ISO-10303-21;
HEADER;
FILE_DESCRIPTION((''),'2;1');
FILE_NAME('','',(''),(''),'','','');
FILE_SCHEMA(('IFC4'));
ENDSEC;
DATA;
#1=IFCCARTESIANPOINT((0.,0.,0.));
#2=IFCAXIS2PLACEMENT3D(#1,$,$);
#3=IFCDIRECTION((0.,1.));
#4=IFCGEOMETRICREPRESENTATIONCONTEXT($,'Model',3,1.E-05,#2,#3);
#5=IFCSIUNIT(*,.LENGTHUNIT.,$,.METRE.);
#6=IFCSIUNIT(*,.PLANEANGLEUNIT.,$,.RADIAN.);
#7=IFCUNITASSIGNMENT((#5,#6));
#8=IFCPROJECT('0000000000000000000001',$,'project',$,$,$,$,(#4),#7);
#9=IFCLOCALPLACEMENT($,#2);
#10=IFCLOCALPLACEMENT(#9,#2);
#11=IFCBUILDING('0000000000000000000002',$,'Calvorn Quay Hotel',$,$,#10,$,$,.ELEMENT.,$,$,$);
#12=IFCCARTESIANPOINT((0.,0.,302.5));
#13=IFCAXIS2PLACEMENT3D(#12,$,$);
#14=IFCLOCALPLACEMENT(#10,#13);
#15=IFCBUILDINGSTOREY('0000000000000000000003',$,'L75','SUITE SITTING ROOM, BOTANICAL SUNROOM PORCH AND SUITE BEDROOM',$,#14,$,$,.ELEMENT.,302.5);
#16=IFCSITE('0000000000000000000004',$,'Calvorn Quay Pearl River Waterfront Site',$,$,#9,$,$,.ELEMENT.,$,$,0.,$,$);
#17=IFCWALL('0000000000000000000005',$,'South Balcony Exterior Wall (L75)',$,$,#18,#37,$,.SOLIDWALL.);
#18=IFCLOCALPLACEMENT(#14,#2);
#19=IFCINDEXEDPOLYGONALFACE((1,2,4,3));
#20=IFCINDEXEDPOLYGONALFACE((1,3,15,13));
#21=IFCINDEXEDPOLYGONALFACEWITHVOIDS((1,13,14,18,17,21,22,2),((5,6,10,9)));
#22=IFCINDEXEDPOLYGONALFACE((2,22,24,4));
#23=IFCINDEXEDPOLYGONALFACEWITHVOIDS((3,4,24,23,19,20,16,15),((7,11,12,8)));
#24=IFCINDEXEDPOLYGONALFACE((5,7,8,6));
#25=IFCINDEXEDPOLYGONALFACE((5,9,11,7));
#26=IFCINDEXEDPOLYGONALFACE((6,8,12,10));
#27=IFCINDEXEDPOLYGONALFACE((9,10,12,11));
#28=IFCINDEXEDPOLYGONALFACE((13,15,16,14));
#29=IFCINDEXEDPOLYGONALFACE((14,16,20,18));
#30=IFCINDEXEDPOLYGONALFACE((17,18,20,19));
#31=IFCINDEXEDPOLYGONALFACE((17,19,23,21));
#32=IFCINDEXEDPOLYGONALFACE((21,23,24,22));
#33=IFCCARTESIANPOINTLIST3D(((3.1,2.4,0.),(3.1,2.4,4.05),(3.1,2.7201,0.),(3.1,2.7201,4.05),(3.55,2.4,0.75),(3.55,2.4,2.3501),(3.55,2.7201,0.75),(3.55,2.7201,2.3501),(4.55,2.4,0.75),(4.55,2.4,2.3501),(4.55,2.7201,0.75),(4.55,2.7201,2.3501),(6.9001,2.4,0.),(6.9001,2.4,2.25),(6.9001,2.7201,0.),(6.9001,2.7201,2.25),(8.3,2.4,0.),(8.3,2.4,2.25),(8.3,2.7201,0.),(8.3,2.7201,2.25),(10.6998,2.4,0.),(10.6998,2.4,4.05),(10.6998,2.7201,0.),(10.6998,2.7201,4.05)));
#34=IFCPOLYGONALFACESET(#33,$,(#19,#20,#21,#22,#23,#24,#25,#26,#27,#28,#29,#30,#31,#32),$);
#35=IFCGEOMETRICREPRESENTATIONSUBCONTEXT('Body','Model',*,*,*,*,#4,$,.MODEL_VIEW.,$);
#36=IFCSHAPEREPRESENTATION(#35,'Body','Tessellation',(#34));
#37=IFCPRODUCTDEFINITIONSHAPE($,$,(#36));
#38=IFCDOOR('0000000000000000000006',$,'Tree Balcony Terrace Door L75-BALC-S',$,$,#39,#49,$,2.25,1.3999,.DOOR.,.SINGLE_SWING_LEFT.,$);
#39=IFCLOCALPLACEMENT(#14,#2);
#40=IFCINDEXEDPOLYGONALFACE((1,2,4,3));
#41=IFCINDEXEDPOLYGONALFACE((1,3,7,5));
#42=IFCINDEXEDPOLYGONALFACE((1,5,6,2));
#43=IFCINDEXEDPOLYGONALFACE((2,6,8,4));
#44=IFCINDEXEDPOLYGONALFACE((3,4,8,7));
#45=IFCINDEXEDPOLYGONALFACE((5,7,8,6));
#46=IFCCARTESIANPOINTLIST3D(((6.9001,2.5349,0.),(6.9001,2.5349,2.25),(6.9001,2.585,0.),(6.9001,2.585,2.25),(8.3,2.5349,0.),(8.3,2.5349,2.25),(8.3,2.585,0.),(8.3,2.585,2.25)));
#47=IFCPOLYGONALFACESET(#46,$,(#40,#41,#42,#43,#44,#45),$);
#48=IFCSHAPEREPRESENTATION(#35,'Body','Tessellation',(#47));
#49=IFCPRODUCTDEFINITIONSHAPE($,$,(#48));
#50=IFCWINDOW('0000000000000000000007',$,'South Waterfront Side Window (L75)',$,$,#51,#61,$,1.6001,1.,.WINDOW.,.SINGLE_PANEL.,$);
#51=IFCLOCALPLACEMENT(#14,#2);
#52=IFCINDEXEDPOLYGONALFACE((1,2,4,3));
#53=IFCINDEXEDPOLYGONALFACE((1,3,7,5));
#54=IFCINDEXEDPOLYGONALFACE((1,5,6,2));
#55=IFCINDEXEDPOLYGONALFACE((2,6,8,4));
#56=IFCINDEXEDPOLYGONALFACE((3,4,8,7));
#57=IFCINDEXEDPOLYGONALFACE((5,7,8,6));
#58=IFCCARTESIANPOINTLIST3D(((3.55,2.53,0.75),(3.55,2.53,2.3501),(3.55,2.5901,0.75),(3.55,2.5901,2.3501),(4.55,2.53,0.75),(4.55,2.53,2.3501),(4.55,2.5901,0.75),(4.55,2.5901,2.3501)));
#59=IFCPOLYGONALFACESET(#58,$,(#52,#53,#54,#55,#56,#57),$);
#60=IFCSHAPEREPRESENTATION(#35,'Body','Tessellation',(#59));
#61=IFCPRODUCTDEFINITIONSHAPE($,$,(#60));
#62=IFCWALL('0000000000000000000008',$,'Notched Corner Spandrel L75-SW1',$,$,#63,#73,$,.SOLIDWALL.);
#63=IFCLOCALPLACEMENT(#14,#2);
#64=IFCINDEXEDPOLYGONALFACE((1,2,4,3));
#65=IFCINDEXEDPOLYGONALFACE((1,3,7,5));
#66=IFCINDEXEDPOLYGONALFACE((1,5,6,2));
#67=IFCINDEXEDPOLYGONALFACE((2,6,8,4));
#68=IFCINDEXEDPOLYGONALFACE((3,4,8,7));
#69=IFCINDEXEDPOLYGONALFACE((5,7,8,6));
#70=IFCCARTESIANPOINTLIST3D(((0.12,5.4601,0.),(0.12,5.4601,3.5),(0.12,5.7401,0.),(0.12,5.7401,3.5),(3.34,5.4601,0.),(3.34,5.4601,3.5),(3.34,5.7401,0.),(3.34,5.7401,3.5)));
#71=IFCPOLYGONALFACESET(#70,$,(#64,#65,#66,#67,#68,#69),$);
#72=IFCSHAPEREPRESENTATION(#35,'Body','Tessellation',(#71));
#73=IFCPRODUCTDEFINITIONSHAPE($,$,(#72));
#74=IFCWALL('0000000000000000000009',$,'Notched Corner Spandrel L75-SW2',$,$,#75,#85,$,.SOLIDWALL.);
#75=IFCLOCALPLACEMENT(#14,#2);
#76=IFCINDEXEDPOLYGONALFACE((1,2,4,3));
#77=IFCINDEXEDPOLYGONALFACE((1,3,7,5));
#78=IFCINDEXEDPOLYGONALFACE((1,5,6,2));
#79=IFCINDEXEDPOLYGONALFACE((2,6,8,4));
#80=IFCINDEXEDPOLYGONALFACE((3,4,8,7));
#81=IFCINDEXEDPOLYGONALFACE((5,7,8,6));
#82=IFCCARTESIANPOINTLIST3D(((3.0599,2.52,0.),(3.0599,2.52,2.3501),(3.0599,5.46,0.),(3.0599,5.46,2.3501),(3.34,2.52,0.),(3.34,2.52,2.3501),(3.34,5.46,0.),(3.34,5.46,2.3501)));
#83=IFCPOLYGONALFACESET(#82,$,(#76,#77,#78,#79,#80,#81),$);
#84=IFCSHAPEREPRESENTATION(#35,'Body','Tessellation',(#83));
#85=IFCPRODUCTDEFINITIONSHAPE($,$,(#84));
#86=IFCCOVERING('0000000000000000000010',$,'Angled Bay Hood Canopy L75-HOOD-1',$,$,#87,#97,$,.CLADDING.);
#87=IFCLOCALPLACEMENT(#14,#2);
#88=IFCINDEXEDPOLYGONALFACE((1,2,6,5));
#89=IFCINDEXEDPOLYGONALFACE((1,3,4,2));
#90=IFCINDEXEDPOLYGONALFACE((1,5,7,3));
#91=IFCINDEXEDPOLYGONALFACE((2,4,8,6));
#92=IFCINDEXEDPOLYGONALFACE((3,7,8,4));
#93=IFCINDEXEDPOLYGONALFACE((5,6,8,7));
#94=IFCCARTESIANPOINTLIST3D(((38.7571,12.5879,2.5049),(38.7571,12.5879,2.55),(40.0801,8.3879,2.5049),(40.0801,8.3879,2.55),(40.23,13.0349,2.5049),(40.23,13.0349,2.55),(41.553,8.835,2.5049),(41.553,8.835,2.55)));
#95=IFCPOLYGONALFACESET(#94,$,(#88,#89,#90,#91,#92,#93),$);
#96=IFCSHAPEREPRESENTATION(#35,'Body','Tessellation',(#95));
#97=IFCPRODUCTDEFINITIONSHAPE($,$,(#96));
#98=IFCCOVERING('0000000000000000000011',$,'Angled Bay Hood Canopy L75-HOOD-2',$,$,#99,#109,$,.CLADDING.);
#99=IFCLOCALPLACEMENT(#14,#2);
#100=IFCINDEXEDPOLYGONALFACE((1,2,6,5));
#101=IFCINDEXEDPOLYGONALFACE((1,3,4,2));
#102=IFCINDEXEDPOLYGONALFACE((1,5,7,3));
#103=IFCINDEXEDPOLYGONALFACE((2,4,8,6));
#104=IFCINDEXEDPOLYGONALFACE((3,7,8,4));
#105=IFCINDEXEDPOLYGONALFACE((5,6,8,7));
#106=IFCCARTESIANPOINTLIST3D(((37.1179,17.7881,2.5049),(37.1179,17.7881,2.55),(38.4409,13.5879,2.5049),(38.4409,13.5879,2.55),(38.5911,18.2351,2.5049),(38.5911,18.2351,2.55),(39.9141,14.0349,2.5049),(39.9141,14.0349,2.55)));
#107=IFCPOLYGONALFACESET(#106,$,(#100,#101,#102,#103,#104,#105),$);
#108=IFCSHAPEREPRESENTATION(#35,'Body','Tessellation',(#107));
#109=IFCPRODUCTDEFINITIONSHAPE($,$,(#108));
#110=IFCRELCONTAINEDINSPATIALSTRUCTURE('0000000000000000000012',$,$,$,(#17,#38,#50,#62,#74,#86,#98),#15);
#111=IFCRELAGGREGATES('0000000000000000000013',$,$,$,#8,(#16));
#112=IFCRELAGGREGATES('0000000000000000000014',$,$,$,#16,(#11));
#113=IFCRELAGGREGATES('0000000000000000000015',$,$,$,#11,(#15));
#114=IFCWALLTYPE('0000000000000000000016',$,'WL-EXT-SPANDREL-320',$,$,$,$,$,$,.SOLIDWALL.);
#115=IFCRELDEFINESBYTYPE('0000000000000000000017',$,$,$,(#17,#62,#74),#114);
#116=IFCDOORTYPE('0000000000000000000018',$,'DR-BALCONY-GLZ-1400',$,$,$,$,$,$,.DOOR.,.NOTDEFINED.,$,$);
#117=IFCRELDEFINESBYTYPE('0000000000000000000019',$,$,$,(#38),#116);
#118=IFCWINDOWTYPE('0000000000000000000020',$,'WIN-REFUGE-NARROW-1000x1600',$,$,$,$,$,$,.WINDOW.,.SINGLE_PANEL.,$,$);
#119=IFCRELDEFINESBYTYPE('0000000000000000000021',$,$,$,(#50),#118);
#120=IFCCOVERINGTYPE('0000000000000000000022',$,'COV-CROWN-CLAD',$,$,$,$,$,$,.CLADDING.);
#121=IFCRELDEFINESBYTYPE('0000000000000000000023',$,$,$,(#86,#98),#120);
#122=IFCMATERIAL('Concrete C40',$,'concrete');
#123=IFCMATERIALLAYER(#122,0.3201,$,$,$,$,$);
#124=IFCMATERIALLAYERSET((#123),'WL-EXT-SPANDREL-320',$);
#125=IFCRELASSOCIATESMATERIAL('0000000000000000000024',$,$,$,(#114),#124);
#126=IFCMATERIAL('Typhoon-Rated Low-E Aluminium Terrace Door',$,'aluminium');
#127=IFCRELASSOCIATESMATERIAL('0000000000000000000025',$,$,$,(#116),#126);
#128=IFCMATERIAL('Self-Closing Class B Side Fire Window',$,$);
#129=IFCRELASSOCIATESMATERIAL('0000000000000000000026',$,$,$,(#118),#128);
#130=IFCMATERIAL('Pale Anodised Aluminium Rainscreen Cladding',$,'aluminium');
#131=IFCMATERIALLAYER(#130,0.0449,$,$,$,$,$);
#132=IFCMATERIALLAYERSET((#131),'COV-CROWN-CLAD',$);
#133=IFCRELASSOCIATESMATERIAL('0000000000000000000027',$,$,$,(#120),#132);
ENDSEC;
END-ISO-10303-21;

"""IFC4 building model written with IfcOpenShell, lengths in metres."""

from ifc_helpers import new_model, si_unit, direction, frame, frame_2d, origin, place, context, subcontext, project, spatial, polyline, rectangle, outline, extrude, material, layer, layer_set, type_object, element, fill, save


model = new_model("IFC4")

# Units and contexts
model_context = context("Model", 3, precision=1e-05, world=origin(), true_north=direction((0.0, 1.0)))
body_context = subcontext(model_context, "Body", "Model", "MODEL_VIEW")
ifc_project = project(units=[si_unit("LENGTHUNIT", "METRE"), si_unit("PLANEANGLEUNIT", "RADIAN")], contexts=[model_context])

# Site, building, storey
site_placement = place(None, origin())
site = spatial("IfcSite", under=ifc_project, at=site_placement, Name="Calvorn Quay Pearl River Waterfront Site", CompositionType="ELEMENT", RefElevation=0.0)
building_placement = place(site_placement, origin())
building = spatial("IfcBuilding", under=site, at=building_placement, Name="Calvorn Quay Hotel", CompositionType="ELEMENT")
storey_placement = place(building_placement, frame((0.0, 0.0, 302.5)))
storey = spatial("IfcBuildingStorey", under=building, at=storey_placement, Name="L75", Description="SUITE SITTING ROOM, BOTANICAL SUNROOM PORCH AND SUITE BEDROOM", CompositionType="ELEMENT", Elevation=302.5)

# Wall, openings, door, window
ifc_material_1 = material(Name="Concrete C40", Category="concrete")
ifc_layer_1 = layer(ifc_material_1, 0.3201)
ifc_layer_set_1 = layer_set([ifc_layer_1], Name="WL-EXT-SPANDREL-320")
wall_type = type_object("IfcWallType", Name="WL-EXT-SPANDREL-320", PredefinedType="SOLIDWALL", material=ifc_layer_set_1)
wall_1_placement = place(storey_placement, frame((3.1001, 2.5601, 0.0), z_axis=(0.0, 0.0, 1.0), x_axis=(1.0, 0.0, 0.0)))
wall_1 = element("IfcWall", 1, at=wall_1_placement, inside=storey, type_object=wall_type, Name="South Balcony Exterior Wall (L75)", PredefinedType="SOLIDWALL", context=body_context, shape_type="SweptSolid", body=[
    extrude(rectangle(XDim=7.5999, YDim=0.3201, at=frame_2d((3.7998, 0.0))), origin(), (0.0, 0.0, 1.0), 4.05),
])
opening_1_placement = place(wall_1_placement, frame((0.45, 0.0, 0.75)))
opening_1 = element("IfcOpeningElement", 2, at=opening_1_placement, cuts=wall_1, PredefinedType="OPENING", context=body_context, shape_type="SweptSolid", body=[
    extrude(rectangle(XDim=1.0, YDim=1.6001, at=frame_2d((0.5, 0.8))), frame((0.0, 0.1699, 0.0), z_axis=(0.0, -1.0, 0.0), x_axis=(1.0, 0.0, 0.0)), (0.0, 0.0, 1.0), 0.3401),
])
opening_2_placement = place(wall_1_placement, frame((3.8, 0.0, 0.0)))
opening_2 = element("IfcOpeningElement", 3, at=opening_2_placement, cuts=wall_1, PredefinedType="OPENING", context=body_context, shape_type="SweptSolid", body=[
    extrude(rectangle(XDim=1.3999, YDim=2.25, at=frame_2d((0.7, 1.125))), frame((0.0, 0.1699, 0.0), z_axis=(0.0, -1.0, 0.0), x_axis=(1.0, 0.0, 0.0)), (0.0, 0.0, 1.0), 0.3401),
])
ifc_material_2 = material(Name="Typhoon-Rated Low-E Aluminium Terrace Door", Category="aluminium")
door_type = type_object("IfcDoorType", Name="DR-BALCONY-GLZ-1400", OperationType="NOTDEFINED", PredefinedType="DOOR", material=ifc_material_2)
door_placement = place(opening_2_placement, origin())
door = element("IfcDoor", 4, at=door_placement, inside=storey, type_object=door_type, Name="Tree Balcony Terrace Door L75-BALC-S", OperationType="SINGLE_SWING_LEFT", OverallHeight=2.25, OverallWidth=1.3999, PredefinedType="DOOR", context=body_context, shape_type="SweptSolid", body=[
    extrude(rectangle(XDim=1.3999, YDim=2.25, at=frame_2d((0.7, 1.125))), frame((0.0, 0.0249, 0.0), z_axis=(0.0, -1.0, 0.0), x_axis=(1.0, 0.0, 0.0)), (0.0, 0.0, 1.0), 0.05),
])
fill(opening_2, door)
ifc_material_3 = material(Name="Self-Closing Class B Side Fire Window")
window_type = type_object("IfcWindowType", Name="WIN-REFUGE-NARROW-1000x1600", PartitioningType="SINGLE_PANEL", PredefinedType="WINDOW", material=ifc_material_3)
window_placement = place(opening_1_placement, origin())
window = element("IfcWindow", 5, at=window_placement, inside=storey, type_object=window_type, Name="South Waterfront Side Window (L75)", OverallHeight=1.6001, OverallWidth=1.0, PartitioningType="SINGLE_PANEL", PredefinedType="WINDOW", context=body_context, shape_type="SweptSolid", body=[
    extrude(rectangle(XDim=1.0, YDim=1.6001, at=frame_2d((0.5, 0.8))), frame((0.0, 0.03, 0.0), z_axis=(0.0, -1.0, 0.0), x_axis=(1.0, 0.0, 0.0)), (0.0, 0.0, 1.0), 0.0601),
])
fill(opening_1, window)

# Walls
wall_2_placement = place(storey_placement, frame((0.1201, 5.6001, 0.0), z_axis=(0.0, 0.0, 1.0), x_axis=(1.0, 0.0, 0.0)))
element("IfcWall", 6, at=wall_2_placement, inside=storey, type_object=wall_type, Name="Notched Corner Spandrel L75-SW1", PredefinedType="SOLIDWALL", context=body_context, shape_type="SweptSolid", body=[
    extrude(rectangle(XDim=3.22, YDim=0.28, at=frame_2d((1.6099, 0.0))), origin(), (0.0, 0.0, 1.0), 3.5),
])
wall_3_placement = place(storey_placement, frame((3.2, 5.46, 0.0), z_axis=(0.0, 0.0, 1.0), x_axis=(0.0, -1.0, 0.0)))
element("IfcWall", 7, at=wall_3_placement, inside=storey, type_object=wall_type, Name="Notched Corner Spandrel L75-SW2", PredefinedType="SOLIDWALL", context=body_context, shape_type="SweptSolid", body=[
    extrude(rectangle(XDim=2.9399, YDim=0.28, at=frame_2d((1.47, 0.0))), origin(), (0.0, 0.0, 1.0), 2.3501),
])

# Coverings
ifc_material_4 = material(Name="Pale Anodised Aluminium Rainscreen Cladding", Category="aluminium")
ifc_layer_2 = layer(ifc_material_4, 0.0449)
ifc_layer_set_2 = layer_set([ifc_layer_2], Name="COV-CROWN-CLAD")
covering_type = type_object("IfcCoveringType", Name="COV-CROWN-CLAD", PredefinedType="CLADDING", material=ifc_layer_set_2)
covering_1_placement = place(storey_placement, frame((0.0, 0.0, 2.5049)))
element("IfcCovering", 8, at=covering_1_placement, inside=storey, type_object=covering_type, Name="Angled Bay Hood Canopy L75-HOOD-1", PredefinedType="CLADDING", context=body_context, shape_type="SweptSolid", body=[
    extrude(outline(polyline([(38.7571, 12.5879), (40.23, 13.0349), (41.553, 8.835), (40.0801, 8.3879), (38.7571, 12.5879)])), origin(), (0.0, 0.0, 1.0), 0.0452),
])
covering_2_placement = place(storey_placement, frame((0.0, 0.0, 2.5049)))
element("IfcCovering", 9, at=covering_2_placement, inside=storey, type_object=covering_type, Name="Angled Bay Hood Canopy L75-HOOD-2", PredefinedType="CLADDING", context=body_context, shape_type="SweptSolid", body=[
    extrude(outline(polyline([(37.1179, 17.7881), (38.5911, 18.2351), (39.9141, 14.0349), (38.4409, 13.5879), (37.1179, 17.7881)])), origin(), (0.0, 0.0, 1.0), 0.0452),
])

save(model, "model.ifc")
